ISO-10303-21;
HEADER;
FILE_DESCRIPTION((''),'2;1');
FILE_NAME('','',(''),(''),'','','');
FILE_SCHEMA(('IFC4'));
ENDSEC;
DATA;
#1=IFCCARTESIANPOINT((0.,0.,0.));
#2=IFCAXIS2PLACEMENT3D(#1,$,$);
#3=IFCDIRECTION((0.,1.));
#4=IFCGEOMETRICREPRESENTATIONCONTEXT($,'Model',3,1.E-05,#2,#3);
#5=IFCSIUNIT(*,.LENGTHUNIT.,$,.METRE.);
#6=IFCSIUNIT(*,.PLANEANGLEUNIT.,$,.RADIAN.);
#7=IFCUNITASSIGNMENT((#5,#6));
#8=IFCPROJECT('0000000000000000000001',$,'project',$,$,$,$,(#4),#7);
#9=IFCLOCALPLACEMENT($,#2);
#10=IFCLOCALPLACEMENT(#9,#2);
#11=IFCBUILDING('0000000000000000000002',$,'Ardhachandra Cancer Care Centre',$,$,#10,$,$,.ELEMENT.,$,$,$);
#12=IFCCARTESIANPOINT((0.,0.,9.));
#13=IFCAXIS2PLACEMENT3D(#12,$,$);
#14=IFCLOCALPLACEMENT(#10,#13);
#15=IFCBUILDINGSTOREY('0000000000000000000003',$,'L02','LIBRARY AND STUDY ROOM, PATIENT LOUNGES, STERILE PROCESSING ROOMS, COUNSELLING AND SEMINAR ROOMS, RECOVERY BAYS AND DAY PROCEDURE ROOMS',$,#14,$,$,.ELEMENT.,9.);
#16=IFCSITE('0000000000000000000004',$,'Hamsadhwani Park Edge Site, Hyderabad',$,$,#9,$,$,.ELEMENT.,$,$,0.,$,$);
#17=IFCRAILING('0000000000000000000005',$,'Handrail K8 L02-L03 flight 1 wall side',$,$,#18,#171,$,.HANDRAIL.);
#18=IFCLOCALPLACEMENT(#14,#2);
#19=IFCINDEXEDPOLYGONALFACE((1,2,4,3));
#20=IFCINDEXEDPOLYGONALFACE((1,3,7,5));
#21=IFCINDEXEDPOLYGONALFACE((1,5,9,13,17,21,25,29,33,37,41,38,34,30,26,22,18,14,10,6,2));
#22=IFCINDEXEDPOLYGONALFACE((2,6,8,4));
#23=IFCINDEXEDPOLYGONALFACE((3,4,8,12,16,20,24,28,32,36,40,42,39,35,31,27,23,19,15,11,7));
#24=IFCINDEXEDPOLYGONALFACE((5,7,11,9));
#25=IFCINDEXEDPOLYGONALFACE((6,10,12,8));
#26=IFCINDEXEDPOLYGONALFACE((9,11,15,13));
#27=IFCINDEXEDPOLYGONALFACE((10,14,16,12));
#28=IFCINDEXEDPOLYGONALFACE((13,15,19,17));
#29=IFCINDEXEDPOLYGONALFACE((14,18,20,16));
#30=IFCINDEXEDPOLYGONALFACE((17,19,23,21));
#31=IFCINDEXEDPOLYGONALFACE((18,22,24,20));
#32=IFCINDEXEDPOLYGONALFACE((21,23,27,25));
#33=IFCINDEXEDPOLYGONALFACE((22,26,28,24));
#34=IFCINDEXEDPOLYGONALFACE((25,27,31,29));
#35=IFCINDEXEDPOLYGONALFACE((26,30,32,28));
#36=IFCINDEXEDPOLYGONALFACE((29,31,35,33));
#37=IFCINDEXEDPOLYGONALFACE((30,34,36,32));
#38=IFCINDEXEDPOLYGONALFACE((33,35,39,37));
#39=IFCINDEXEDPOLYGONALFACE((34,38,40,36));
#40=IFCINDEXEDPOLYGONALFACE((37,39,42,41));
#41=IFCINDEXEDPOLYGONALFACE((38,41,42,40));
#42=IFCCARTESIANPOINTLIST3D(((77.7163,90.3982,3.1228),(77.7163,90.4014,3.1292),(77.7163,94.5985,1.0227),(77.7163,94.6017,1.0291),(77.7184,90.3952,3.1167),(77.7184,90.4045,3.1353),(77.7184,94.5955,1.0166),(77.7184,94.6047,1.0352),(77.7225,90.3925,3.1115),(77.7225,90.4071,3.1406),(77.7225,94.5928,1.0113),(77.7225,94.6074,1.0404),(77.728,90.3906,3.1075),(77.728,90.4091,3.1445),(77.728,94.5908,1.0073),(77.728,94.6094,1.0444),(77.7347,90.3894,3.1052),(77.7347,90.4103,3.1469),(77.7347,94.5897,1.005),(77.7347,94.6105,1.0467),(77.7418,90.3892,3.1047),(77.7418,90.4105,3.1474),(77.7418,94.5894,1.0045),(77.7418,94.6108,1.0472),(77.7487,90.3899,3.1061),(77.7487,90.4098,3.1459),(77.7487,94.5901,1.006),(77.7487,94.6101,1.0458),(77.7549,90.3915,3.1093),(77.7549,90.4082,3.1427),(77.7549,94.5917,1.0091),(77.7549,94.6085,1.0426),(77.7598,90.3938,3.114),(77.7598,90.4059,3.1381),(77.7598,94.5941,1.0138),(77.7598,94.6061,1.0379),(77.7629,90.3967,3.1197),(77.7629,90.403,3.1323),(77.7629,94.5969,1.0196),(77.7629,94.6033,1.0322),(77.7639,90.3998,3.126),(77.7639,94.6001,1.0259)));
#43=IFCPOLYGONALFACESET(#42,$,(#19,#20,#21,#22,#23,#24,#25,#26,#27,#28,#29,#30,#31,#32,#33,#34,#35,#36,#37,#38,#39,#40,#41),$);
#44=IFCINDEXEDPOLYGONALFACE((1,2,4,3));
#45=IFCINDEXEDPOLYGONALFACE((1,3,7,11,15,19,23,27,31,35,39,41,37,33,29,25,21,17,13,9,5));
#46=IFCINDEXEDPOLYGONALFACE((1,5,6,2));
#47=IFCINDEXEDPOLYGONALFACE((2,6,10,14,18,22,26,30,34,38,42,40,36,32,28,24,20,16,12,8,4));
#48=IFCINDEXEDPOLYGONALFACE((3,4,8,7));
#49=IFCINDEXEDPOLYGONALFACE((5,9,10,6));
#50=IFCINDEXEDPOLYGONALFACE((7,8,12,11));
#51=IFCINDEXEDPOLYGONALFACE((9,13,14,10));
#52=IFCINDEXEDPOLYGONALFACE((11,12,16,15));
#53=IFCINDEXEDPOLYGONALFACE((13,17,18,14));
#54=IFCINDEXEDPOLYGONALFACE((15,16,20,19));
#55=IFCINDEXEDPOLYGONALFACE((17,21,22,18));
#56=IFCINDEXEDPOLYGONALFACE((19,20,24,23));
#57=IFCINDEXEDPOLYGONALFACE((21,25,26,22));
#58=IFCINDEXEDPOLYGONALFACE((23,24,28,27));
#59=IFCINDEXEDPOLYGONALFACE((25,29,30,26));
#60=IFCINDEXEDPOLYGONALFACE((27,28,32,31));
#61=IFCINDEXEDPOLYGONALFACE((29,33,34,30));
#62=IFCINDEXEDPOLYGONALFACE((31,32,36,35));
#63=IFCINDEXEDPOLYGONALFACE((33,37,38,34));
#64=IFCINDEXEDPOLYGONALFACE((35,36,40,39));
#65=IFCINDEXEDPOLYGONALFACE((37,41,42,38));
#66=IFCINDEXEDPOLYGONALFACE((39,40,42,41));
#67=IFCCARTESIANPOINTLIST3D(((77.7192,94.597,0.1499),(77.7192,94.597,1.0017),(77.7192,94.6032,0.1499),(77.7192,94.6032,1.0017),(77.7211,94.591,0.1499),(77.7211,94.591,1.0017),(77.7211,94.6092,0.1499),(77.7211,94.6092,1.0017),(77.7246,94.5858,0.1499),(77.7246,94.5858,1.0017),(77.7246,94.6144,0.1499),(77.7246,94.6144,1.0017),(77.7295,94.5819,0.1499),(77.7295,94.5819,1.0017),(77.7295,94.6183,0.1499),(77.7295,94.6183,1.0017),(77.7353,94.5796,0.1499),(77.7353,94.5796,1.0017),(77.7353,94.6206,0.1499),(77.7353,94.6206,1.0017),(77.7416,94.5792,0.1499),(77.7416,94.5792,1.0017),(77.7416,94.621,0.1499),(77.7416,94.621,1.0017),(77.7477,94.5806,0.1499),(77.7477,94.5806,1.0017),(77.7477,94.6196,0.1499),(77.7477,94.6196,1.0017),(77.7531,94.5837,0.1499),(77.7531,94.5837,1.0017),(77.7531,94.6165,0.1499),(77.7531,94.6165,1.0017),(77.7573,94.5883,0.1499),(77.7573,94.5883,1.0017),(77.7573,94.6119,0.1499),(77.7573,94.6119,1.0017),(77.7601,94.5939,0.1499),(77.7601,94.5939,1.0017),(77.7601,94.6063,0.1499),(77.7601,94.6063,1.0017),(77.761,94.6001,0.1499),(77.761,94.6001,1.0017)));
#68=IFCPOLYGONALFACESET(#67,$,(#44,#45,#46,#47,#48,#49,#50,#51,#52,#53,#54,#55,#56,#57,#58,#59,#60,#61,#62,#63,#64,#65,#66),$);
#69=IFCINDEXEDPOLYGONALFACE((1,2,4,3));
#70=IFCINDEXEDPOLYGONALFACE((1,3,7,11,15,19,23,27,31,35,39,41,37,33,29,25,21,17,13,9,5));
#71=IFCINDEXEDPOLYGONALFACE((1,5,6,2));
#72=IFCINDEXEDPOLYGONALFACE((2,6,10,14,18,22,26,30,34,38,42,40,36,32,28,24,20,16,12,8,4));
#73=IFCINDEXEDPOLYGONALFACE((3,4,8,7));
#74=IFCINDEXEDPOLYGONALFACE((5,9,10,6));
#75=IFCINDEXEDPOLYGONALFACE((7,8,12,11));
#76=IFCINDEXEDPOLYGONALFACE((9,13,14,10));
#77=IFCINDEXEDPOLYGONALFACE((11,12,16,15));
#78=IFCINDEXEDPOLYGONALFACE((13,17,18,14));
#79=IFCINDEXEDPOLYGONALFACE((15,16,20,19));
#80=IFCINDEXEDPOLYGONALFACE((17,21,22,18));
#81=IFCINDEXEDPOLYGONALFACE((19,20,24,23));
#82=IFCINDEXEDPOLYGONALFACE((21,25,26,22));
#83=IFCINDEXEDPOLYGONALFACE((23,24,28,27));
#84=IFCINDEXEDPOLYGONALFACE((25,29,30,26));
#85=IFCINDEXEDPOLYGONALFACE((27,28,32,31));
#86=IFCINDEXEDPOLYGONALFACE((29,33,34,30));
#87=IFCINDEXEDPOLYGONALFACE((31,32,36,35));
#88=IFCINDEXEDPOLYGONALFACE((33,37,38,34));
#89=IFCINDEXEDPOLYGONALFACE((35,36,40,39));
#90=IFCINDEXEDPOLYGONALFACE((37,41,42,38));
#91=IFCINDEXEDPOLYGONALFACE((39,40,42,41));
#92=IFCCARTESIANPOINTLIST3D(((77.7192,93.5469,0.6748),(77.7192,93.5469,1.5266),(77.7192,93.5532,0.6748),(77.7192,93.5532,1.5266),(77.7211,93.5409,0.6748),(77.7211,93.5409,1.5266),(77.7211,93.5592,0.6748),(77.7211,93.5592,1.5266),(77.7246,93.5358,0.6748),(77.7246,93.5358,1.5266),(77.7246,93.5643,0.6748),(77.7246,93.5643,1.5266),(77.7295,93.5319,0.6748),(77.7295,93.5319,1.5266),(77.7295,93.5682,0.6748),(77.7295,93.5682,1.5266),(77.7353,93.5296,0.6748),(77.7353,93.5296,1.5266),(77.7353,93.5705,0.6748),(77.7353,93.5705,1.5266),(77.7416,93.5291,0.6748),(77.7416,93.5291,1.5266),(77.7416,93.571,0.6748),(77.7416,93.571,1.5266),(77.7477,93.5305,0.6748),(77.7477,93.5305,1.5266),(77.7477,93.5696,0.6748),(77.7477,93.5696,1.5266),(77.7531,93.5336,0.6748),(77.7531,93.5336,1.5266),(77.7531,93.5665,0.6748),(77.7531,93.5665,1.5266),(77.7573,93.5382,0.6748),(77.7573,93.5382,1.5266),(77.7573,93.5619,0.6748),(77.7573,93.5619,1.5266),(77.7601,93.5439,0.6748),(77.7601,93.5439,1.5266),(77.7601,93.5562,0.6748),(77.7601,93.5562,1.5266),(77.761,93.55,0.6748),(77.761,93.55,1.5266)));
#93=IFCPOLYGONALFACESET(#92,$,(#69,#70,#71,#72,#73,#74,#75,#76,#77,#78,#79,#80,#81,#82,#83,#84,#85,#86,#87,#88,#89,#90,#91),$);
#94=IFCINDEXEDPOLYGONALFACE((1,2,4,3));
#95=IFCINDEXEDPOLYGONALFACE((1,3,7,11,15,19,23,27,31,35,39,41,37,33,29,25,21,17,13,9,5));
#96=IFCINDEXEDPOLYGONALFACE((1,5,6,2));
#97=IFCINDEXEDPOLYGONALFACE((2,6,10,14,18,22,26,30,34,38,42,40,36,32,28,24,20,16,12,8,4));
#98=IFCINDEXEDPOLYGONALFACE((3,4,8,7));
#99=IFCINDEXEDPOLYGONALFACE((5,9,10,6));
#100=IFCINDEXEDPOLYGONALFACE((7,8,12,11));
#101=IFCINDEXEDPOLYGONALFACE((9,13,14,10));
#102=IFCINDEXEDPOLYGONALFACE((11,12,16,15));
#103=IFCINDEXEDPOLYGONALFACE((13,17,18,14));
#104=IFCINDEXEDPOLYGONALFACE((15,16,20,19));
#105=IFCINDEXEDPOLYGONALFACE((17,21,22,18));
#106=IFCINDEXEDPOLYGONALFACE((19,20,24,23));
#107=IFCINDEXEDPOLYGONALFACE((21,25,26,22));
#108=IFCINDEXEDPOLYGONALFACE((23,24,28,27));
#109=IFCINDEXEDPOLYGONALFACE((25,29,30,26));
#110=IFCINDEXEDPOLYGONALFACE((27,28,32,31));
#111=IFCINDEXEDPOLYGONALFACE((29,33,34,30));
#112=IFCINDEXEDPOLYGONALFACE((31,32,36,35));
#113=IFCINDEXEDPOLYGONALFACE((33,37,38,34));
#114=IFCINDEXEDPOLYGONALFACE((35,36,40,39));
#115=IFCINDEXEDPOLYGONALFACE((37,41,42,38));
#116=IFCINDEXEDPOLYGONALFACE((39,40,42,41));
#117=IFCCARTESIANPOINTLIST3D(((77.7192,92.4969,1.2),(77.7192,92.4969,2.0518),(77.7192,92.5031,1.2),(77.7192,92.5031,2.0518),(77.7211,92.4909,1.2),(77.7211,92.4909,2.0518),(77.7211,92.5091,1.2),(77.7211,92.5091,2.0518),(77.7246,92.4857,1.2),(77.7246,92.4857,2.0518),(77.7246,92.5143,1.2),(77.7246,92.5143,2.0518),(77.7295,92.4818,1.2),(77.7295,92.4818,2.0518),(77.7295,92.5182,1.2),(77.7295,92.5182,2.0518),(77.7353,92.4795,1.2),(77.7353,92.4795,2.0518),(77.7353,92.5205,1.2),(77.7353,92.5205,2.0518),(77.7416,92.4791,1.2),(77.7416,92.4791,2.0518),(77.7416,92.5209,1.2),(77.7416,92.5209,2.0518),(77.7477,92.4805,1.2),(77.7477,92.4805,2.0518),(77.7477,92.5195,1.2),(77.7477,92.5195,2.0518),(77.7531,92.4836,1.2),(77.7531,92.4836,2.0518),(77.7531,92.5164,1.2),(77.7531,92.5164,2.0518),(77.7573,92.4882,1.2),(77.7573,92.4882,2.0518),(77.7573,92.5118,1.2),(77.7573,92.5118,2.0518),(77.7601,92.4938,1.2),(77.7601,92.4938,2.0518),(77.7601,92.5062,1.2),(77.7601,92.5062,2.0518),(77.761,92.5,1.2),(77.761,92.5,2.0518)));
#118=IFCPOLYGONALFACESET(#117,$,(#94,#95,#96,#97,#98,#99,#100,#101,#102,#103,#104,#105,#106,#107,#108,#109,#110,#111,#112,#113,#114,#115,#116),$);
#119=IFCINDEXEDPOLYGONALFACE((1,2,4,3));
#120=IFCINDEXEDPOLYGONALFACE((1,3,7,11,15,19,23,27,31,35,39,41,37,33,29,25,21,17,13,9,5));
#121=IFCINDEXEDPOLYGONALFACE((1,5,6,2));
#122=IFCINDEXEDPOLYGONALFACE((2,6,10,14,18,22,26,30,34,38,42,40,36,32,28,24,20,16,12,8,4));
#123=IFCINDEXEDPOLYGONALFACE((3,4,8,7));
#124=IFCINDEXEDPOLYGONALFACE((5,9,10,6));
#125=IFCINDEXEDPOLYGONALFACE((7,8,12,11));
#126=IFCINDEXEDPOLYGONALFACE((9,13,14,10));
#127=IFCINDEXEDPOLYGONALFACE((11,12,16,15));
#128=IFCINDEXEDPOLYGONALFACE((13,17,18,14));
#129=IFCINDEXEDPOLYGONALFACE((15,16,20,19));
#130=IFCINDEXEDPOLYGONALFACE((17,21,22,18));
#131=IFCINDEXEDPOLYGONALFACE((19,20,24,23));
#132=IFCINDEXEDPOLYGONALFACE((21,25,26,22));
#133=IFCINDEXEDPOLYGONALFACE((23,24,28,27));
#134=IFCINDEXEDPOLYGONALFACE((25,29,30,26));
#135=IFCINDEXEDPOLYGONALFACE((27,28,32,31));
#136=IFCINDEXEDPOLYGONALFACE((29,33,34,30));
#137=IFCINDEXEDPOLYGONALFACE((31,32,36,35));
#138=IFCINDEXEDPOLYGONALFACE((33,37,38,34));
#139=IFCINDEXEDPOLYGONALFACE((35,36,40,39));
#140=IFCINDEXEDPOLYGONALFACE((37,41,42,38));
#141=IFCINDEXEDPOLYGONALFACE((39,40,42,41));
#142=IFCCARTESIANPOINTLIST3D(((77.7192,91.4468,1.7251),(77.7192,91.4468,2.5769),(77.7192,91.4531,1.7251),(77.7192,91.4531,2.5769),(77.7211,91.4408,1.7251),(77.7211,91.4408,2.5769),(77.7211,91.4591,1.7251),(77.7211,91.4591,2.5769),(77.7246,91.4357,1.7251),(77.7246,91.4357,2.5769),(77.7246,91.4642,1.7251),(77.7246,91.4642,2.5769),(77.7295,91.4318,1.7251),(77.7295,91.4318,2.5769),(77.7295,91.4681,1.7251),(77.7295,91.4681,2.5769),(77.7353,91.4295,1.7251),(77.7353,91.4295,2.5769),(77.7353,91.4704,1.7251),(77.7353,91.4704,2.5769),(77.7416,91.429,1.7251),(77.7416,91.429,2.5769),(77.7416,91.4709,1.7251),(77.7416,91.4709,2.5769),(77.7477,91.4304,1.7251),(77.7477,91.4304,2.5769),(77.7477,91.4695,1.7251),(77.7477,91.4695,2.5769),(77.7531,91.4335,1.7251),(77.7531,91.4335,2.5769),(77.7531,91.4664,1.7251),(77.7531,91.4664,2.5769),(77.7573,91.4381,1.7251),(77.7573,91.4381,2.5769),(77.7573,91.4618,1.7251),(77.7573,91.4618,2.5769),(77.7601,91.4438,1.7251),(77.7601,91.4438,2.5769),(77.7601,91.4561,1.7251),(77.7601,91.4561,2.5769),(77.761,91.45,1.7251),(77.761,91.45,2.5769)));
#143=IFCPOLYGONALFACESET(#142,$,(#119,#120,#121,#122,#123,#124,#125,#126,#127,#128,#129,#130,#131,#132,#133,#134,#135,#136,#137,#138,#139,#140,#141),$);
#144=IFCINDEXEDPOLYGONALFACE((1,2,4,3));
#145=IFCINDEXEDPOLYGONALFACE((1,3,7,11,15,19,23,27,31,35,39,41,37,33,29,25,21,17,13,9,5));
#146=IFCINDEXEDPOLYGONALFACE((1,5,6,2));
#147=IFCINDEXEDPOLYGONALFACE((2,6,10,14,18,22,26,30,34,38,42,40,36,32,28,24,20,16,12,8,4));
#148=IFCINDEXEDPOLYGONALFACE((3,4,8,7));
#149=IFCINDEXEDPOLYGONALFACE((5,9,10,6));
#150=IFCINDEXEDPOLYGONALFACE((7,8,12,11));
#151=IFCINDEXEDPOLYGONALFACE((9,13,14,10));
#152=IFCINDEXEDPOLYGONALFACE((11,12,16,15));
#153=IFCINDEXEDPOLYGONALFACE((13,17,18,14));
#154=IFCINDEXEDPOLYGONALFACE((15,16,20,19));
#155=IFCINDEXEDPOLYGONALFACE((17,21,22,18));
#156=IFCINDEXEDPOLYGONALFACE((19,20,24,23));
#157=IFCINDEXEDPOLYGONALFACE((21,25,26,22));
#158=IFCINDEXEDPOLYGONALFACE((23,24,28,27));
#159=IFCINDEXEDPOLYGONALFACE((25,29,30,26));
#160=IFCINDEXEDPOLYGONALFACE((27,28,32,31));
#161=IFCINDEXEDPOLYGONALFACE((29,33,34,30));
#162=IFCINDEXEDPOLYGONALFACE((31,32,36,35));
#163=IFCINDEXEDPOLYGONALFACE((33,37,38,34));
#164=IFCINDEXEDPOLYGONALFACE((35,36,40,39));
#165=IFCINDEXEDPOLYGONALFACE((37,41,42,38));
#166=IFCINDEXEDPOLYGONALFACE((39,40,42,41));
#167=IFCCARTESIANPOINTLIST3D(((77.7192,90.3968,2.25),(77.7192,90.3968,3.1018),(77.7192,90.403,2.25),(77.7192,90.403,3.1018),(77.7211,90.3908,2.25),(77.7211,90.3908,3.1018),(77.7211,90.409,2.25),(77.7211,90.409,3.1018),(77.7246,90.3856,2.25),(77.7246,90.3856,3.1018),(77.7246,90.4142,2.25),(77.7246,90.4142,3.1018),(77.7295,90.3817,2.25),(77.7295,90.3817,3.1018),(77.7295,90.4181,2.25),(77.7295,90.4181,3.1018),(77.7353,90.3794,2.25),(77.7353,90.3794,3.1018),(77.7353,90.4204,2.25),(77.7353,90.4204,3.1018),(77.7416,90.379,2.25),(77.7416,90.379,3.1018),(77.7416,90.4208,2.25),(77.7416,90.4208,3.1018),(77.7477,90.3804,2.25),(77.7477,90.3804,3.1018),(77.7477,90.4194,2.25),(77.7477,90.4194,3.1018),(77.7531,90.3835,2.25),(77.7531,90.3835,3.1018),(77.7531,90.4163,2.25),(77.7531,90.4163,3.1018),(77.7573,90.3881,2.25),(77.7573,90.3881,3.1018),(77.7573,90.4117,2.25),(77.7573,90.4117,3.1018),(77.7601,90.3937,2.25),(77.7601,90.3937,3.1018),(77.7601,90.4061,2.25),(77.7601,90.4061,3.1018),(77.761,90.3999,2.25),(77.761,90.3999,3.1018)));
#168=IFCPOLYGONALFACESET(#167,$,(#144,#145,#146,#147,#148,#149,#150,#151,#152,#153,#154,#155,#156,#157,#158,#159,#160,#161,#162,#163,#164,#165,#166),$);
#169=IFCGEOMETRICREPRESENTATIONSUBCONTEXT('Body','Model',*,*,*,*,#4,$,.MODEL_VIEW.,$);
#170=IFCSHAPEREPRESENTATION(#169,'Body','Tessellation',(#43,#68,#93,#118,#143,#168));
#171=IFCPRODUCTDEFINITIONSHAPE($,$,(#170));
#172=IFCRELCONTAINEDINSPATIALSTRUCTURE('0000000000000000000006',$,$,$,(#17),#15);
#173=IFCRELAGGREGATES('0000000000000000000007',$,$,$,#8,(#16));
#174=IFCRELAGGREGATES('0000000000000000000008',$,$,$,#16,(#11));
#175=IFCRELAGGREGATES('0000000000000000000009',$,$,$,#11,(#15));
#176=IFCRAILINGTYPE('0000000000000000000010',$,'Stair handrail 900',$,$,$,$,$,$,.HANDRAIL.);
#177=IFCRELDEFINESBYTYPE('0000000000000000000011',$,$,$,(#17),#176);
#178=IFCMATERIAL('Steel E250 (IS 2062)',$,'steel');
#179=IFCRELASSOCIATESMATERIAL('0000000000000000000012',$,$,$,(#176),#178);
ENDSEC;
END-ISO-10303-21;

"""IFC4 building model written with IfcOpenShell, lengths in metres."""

from ifc_helpers import new_model, si_unit, direction, frame, origin, origin_2d, place, context, subcontext, project, spatial, circle, extrude, material, type_object, element, save


model = new_model("IFC4")

# Units and contexts
model_context = context("Model", 3, precision=1e-05, world=origin(), true_north=direction((0.0, 1.0)))
body_context = subcontext(model_context, "Body", "Model", "MODEL_VIEW")
ifc_project = project(units=[si_unit("LENGTHUNIT", "METRE"), si_unit("PLANEANGLEUNIT", "RADIAN")], contexts=[model_context])

# Site, building, storey
site_placement = place(None, origin())
site = spatial("IfcSite", under=ifc_project, at=site_placement, Name="Hamsadhwani Park Edge Site, Hyderabad", CompositionType="ELEMENT", RefElevation=0.0)
building_placement = place(site_placement, origin())
building = spatial("IfcBuilding", under=site, at=building_placement, Name="Ardhachandra Cancer Care Centre", CompositionType="ELEMENT")
storey_placement = place(building_placement, frame((0.0, 0.0, 9.0)))
storey = spatial("IfcBuildingStorey", under=building, at=storey_placement, Name="L02", Description="LIBRARY AND STUDY ROOM, PATIENT LOUNGES, STERILE PROCESSING ROOMS, COUNSELLING AND SEMINAR ROOMS, RECOVERY BAYS AND DAY PROCEDURE ROOMS", CompositionType="ELEMENT", Elevation=9.0)

# Railing
ifc_material_1 = material(Name="Steel E250 (IS 2062)", Category="steel")
railing_type_1 = type_object("IfcRailingType", Name="Stair handrail 900", PredefinedType="HANDRAIL", material=ifc_material_1)
for number, where, name in (
    (1, (77.74, 94.6001, 0.1499), "Handrail K8 L02-L03 flight 1 wall side"),
):
    element("IfcRailing", number, at=place(storey_placement, frame(where)), inside=storey, type_object=railing_type_1, Name=name, PredefinedType="HANDRAIL", context=body_context, shape_type="SweptSolid", body=[
        extrude(circle(Radius=0.0239, at=origin_2d()), frame((0.0, 0.0, 0.876), z_axis=(0.0, -0.894427, 0.447214), x_axis=(1.0, 0.0, 0.0)), (0.0, 0.0, 1.0), 4.696),
        extrude(circle(Radius=0.021, at=origin_2d()), origin(), (0.0, 0.0, 1.0), 0.8518),
        extrude(circle(Radius=0.021, at=origin_2d()), frame((0.0, -1.05, 0.5249)), (0.0, 0.0, 1.0), 0.8518),
        extrude(circle(Radius=0.021, at=origin_2d()), frame((0.0, -2.1001, 1.05)), (0.0, 0.0, 1.0), 0.8518),
        extrude(circle(Radius=0.021, at=origin_2d()), frame((0.0, -3.1501, 1.5752)), (0.0, 0.0, 1.0), 0.8518),
        extrude(circle(Radius=0.021, at=origin_2d()), frame((0.0, -4.2002, 2.1001)), (0.0, 0.0, 1.0), 0.8518),
    ])

save(model, "model.ifc")
